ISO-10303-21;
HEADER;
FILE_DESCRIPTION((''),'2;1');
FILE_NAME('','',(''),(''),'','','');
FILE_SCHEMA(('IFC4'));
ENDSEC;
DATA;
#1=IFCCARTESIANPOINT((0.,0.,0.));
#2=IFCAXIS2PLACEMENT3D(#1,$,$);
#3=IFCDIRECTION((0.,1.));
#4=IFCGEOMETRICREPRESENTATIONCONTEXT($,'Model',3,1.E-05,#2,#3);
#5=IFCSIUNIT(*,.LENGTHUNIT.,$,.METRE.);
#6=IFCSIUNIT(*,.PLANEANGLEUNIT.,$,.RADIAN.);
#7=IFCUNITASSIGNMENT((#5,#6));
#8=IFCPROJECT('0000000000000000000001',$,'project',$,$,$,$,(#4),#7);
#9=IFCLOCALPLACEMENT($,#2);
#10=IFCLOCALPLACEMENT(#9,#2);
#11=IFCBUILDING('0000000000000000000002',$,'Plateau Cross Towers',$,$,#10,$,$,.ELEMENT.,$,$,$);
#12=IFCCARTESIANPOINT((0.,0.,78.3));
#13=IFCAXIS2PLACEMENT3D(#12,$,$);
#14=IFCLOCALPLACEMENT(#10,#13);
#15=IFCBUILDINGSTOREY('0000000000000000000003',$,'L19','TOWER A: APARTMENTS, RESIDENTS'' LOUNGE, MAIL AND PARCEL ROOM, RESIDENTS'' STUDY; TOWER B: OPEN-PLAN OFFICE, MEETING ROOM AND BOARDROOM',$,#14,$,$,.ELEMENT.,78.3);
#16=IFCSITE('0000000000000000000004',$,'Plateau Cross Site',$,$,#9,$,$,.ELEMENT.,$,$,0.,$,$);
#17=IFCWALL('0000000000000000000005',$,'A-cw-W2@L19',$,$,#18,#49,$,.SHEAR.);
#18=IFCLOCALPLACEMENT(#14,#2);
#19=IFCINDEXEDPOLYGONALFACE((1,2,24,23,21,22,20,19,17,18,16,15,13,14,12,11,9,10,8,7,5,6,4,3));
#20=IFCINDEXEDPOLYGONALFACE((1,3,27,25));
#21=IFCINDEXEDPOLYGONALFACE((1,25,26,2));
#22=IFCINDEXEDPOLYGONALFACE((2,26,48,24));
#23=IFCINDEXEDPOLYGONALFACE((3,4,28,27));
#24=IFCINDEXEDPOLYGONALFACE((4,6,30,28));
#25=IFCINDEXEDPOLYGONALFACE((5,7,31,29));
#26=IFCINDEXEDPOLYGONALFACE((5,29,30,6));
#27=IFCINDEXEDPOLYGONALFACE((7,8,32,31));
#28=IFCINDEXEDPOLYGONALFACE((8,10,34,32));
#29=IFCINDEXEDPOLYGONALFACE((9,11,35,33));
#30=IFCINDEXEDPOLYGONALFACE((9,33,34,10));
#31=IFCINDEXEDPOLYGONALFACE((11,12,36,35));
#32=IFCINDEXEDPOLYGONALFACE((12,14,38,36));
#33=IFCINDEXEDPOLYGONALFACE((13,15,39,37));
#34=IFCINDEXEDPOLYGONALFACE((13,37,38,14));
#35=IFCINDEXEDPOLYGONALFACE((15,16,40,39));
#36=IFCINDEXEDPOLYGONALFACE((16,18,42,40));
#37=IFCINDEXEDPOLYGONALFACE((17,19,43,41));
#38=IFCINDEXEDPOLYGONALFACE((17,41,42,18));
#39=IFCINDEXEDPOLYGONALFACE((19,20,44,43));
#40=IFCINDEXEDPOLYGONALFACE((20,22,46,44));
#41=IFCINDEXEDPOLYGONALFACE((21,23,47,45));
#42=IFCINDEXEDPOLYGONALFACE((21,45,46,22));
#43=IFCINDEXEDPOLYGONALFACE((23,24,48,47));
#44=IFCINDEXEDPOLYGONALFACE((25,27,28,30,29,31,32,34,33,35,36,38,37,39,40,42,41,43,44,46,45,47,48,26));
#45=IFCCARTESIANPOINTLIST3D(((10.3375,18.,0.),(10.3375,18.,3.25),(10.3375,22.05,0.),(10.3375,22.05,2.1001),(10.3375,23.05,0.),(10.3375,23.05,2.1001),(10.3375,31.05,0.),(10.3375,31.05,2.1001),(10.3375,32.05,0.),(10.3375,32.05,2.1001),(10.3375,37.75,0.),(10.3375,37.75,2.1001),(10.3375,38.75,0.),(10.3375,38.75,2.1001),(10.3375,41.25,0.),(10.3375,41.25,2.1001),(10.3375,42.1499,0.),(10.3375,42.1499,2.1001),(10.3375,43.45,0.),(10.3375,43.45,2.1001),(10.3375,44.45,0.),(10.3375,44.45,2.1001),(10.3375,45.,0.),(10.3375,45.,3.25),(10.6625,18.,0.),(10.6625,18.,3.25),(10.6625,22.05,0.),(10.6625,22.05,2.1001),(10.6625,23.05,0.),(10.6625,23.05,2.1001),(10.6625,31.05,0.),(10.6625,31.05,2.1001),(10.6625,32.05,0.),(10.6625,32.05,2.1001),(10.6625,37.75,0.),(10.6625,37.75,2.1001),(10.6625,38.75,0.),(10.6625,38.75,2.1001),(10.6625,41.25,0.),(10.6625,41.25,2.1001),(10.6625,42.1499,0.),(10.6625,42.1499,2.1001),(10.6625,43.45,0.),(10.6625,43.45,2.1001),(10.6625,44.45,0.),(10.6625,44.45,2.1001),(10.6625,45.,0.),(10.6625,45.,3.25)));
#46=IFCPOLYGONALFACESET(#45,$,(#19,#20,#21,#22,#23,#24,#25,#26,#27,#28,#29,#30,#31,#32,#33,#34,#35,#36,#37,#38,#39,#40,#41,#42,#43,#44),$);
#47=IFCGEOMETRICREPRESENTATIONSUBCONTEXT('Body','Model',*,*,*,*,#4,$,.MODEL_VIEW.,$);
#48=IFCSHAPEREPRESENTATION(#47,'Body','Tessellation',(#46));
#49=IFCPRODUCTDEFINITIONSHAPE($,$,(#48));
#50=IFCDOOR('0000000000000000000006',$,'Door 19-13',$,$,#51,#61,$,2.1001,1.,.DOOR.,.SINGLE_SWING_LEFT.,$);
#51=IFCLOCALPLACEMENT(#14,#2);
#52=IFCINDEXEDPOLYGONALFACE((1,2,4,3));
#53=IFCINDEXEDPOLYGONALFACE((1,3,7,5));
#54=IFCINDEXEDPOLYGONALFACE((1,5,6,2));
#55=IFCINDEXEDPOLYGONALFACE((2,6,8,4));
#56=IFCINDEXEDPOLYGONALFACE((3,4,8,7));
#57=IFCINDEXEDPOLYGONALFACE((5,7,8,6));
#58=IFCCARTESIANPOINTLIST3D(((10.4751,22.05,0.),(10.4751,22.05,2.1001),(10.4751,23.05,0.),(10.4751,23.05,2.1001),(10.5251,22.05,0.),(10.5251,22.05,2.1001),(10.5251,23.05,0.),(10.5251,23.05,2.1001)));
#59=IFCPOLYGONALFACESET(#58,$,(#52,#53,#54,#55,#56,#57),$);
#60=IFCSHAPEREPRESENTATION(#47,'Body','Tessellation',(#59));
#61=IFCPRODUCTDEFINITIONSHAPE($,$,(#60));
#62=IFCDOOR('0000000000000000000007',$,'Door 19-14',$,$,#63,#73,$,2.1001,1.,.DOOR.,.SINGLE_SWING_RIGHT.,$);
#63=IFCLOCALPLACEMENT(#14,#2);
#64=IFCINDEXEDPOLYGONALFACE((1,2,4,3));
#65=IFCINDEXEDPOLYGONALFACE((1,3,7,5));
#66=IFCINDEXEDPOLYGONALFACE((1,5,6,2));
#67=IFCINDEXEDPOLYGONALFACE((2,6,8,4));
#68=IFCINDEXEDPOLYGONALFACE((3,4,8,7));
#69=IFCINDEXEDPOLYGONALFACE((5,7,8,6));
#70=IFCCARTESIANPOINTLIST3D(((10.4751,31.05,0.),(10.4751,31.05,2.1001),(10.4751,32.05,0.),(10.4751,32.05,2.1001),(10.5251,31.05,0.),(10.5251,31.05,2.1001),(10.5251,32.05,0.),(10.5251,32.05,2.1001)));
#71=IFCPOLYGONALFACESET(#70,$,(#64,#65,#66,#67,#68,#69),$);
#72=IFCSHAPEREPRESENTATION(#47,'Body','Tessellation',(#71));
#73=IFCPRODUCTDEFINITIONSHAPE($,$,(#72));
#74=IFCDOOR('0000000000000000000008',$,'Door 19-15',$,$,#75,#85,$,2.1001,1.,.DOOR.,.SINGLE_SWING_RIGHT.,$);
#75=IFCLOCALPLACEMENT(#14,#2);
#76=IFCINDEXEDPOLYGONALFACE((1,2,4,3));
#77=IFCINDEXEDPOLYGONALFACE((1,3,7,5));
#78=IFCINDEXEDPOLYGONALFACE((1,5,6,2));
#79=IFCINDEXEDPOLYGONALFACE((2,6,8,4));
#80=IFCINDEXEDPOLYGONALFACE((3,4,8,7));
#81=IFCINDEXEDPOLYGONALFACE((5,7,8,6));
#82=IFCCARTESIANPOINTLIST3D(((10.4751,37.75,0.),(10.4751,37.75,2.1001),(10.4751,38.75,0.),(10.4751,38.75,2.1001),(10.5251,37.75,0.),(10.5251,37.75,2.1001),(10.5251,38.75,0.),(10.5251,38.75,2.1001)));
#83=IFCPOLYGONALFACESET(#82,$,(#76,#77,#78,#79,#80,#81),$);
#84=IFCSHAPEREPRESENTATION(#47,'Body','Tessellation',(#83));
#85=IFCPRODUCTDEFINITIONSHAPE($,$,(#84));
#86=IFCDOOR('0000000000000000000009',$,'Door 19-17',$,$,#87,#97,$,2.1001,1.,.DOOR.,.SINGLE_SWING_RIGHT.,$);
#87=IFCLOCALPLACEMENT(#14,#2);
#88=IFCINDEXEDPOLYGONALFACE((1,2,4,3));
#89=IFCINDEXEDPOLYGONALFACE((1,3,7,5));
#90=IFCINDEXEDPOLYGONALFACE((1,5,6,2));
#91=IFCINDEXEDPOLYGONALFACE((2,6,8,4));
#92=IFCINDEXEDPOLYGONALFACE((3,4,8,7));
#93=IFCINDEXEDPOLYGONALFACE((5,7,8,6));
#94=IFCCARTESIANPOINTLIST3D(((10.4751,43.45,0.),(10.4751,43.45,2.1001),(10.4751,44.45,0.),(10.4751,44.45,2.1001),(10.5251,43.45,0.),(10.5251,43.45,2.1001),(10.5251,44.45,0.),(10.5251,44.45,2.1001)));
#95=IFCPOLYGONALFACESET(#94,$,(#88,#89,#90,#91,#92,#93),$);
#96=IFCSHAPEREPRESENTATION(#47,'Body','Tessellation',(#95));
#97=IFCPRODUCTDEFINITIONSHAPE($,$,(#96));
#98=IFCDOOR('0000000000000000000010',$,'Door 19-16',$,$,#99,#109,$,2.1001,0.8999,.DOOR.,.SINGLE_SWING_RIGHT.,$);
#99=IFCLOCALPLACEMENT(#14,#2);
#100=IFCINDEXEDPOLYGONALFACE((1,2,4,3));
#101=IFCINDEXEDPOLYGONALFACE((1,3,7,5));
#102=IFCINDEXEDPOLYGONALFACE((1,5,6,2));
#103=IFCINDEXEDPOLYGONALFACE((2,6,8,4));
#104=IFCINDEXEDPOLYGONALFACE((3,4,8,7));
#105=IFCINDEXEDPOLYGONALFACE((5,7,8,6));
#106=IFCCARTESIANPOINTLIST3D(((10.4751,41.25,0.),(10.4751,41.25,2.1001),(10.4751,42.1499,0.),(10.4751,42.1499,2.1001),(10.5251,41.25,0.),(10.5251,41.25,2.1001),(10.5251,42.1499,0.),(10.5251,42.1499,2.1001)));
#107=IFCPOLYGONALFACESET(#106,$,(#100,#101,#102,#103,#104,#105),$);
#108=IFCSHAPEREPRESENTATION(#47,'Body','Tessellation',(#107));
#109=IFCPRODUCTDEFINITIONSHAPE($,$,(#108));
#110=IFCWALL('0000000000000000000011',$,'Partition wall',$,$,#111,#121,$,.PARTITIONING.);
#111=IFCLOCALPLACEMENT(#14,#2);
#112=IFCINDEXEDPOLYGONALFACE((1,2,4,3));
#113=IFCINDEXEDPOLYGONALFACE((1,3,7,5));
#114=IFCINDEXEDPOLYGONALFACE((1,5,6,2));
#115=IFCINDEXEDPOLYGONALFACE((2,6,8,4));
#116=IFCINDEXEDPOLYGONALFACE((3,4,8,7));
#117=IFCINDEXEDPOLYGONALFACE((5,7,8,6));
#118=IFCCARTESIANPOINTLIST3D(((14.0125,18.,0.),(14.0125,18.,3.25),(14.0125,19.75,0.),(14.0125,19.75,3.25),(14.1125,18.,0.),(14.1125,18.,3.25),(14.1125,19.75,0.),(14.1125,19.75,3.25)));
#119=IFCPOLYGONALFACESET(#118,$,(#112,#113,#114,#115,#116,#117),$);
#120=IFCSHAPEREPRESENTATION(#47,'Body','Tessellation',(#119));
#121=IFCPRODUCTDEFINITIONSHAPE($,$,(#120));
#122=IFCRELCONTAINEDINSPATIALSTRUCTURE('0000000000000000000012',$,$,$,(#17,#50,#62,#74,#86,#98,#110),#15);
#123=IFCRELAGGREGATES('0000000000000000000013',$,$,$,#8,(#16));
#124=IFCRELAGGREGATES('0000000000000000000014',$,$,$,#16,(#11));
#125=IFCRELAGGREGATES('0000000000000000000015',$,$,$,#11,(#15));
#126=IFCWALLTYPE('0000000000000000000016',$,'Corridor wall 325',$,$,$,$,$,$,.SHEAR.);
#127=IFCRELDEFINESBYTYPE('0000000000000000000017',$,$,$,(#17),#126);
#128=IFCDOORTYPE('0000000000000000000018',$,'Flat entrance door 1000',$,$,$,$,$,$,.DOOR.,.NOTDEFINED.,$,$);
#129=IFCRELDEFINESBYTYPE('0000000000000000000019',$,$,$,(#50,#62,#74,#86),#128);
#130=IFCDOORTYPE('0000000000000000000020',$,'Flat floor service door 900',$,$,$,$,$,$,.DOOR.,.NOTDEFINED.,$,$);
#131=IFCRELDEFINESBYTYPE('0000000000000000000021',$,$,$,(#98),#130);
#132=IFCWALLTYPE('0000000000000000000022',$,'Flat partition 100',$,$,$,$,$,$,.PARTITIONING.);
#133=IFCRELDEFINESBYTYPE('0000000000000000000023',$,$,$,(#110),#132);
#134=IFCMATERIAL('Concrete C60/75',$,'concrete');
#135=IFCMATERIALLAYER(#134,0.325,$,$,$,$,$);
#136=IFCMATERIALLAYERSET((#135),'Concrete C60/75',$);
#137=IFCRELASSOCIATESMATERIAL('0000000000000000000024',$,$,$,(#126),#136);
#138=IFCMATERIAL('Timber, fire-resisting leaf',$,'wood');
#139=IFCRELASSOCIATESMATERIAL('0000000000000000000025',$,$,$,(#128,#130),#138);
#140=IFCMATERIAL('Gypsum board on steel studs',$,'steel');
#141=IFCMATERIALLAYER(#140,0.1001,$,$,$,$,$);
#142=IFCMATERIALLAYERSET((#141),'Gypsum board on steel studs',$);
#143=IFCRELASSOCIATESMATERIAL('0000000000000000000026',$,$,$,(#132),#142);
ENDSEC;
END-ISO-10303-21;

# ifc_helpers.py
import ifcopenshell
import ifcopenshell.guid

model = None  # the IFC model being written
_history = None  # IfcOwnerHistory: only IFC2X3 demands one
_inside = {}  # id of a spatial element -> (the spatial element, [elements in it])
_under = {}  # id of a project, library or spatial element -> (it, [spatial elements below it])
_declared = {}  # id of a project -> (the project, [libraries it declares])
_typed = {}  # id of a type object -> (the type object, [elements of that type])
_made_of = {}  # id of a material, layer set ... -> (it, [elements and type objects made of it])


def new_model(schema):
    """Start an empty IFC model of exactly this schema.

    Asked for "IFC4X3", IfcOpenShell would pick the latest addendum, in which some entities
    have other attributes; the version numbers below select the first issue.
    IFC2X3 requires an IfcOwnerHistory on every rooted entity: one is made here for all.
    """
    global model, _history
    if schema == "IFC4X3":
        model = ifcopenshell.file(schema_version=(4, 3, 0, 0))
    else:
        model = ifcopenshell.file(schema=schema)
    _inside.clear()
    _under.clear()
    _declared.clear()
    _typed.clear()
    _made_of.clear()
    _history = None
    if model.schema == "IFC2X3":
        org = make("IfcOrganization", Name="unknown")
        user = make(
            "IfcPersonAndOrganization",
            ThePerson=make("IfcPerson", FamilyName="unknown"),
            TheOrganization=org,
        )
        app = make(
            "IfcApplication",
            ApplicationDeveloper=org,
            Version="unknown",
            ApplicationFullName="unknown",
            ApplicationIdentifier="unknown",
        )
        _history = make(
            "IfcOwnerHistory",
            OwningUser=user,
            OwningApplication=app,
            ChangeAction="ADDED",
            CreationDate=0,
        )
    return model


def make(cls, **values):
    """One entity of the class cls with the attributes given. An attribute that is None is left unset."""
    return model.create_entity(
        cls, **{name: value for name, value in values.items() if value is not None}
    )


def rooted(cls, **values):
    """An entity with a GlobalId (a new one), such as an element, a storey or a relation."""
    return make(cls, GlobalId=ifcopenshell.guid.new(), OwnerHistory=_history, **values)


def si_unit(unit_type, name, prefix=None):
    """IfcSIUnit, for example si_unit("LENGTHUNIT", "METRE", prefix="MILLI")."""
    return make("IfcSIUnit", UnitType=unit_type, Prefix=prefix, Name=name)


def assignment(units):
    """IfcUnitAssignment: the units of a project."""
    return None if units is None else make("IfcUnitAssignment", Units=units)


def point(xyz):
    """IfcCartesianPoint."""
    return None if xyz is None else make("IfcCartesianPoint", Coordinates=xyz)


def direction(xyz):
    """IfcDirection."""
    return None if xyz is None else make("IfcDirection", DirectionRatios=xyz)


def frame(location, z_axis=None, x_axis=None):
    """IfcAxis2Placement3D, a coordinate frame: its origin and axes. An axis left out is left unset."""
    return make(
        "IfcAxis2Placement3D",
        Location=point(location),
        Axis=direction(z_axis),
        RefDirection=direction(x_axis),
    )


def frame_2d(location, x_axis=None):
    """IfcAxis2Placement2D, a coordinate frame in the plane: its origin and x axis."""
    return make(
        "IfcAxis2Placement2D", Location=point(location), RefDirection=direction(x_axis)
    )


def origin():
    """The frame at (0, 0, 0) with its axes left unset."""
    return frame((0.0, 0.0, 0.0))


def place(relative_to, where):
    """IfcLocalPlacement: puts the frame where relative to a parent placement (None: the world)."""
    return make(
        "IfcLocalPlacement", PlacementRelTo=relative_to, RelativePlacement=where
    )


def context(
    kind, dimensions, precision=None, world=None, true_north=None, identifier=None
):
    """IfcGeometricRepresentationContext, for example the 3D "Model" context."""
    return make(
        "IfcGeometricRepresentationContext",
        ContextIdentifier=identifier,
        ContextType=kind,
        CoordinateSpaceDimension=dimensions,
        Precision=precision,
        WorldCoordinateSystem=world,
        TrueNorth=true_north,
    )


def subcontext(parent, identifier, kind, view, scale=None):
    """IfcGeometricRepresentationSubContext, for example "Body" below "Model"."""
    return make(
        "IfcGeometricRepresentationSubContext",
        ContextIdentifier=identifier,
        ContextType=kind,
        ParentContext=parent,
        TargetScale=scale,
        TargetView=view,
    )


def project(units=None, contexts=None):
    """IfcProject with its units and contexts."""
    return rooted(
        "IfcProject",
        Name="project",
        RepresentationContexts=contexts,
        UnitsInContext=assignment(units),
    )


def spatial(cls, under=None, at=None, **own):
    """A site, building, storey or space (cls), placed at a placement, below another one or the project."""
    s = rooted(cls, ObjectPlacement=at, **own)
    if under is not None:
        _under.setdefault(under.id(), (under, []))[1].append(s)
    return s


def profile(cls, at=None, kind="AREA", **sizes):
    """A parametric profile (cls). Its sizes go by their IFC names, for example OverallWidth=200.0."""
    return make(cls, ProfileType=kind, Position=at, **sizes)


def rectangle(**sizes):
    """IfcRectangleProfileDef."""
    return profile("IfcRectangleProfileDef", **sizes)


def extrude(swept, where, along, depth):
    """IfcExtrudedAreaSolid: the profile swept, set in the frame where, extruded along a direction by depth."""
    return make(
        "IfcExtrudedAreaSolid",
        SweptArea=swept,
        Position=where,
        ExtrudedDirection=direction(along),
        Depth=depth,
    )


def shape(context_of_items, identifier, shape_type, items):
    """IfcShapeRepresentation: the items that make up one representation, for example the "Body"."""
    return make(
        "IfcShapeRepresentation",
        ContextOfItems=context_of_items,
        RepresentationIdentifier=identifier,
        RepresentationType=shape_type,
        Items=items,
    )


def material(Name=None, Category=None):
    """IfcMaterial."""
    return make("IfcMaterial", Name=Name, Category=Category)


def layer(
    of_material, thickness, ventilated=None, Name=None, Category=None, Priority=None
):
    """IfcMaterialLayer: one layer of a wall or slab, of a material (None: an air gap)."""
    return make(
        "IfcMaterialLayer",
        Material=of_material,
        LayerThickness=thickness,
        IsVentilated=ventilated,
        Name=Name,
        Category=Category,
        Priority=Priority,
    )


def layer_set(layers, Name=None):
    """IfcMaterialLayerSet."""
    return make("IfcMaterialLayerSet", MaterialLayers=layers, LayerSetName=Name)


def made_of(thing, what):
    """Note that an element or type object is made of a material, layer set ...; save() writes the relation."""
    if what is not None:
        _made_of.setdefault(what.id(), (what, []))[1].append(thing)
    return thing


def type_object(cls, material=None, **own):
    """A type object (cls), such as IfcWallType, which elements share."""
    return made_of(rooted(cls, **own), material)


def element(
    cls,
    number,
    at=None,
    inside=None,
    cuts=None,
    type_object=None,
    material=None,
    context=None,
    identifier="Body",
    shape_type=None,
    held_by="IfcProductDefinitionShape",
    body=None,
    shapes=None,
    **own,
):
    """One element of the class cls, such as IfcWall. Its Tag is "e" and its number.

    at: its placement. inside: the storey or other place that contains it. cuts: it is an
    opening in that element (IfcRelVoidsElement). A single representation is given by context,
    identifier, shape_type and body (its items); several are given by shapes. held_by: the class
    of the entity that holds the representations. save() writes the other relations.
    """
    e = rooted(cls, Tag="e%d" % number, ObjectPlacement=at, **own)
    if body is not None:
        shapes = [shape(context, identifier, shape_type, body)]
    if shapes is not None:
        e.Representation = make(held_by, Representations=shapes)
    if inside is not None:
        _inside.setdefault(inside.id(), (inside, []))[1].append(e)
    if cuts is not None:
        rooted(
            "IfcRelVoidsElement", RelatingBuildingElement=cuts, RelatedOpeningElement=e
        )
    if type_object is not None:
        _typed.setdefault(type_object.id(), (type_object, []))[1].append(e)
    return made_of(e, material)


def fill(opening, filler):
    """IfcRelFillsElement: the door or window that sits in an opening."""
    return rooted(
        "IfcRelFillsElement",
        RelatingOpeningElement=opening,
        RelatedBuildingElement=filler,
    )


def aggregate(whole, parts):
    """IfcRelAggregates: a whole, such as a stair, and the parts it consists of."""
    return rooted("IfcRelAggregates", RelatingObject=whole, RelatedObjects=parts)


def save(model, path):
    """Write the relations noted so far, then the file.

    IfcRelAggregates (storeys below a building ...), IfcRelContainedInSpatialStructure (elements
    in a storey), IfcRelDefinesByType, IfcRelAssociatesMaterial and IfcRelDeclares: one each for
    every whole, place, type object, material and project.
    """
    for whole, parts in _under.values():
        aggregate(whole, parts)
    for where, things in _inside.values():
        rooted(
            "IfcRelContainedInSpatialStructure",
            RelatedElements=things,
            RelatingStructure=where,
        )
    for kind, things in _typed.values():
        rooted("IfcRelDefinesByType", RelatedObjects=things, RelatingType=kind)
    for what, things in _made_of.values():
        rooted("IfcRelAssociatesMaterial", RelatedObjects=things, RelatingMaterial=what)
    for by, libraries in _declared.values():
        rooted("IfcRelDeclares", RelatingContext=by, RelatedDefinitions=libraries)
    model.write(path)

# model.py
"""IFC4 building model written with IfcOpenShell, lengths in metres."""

from ifc_helpers import new_model, si_unit, direction, frame, frame_2d, origin, place, context, subcontext, project, spatial, rectangle, extrude, material, layer, layer_set, type_object, element, fill, save


model = new_model("IFC4")

# Units and contexts
model_context = context("Model", 3, precision=1e-05, world=origin(), true_north=direction((0.0, 1.0)))
body_context = subcontext(model_context, "Body", "Model", "MODEL_VIEW")
ifc_project = project(units=[si_unit("LENGTHUNIT", "METRE"), si_unit("PLANEANGLEUNIT", "RADIAN")], contexts=[model_context])

# Site, building, storey
site_placement = place(None, origin())
site = spatial("IfcSite", under=ifc_project, at=site_placement, Name="Plateau Cross Site", CompositionType="ELEMENT", RefElevation=0.0)
building_placement = place(site_placement, origin())
building = spatial("IfcBuilding", under=site, at=building_placement, Name="Plateau Cross Towers", CompositionType="ELEMENT")
storey_placement = place(building_placement, frame((0.0, 0.0, 78.3)))
storey = spatial("IfcBuildingStorey", under=building, at=storey_placement, Name="L19", Description="TOWER A: APARTMENTS, RESIDENTS' LOUNGE, MAIL AND PARCEL ROOM, RESIDENTS' STUDY; TOWER B: OPEN-PLAN OFFICE, MEETING ROOM AND BOARDROOM", CompositionType="ELEMENT", Elevation=78.3)

# Shared definitions
ifc_material_1 = material(Name="Concrete C60/75", Category="concrete")

# Wall, openings, doors
ifc_layer_1 = layer(ifc_material_1, 0.325)
ifc_layer_set_1 = layer_set([ifc_layer_1], Name="Concrete C60/75")
wall_type_1 = type_object("IfcWallType", Name="Corridor wall 325", PredefinedType="SHEAR", material=ifc_layer_set_1)
ifc_material_2 = material(Name="Timber, fire-resisting leaf", Category="wood")
door_type_1 = type_object("IfcDoorType", Name="Flat entrance door 1000", OperationType="NOTDEFINED", PredefinedType="DOOR", material=ifc_material_2)
wall_1_placement = place(storey_placement, frame((10.5, 18.0, 0.0), z_axis=(0.0, 0.0, 1.0), x_axis=(0.0, 1.0, 0.0)))
wall_1 = element("IfcWall", 1, at=wall_1_placement, inside=storey, type_object=wall_type_1, Name="A-cw-W2@L19", PredefinedType="SHEAR", context=body_context, shape_type="SweptSolid", body=[
    extrude(rectangle(XDim=27.0, YDim=0.325, at=frame_2d((13.5, 0.0))), origin(), (0.0, 0.0, 1.0), 3.25),
])
opening_1_placement = place(wall_1_placement, frame((4.05, 0.0, 0.0)))
opening_1 = element("IfcOpeningElement", 2, at=opening_1_placement, cuts=wall_1, PredefinedType="OPENING", context=body_context, shape_type="SweptSolid", body=[
    extrude(rectangle(XDim=1.0, YDim=2.1001, at=frame_2d((0.5, 1.05))), frame((0.0, 0.1724, 0.0), z_axis=(0.0, -1.0, 0.0), x_axis=(1.0, 0.0, 0.0)), (0.0, 0.0, 1.0), 0.345),
])
opening_2_placement = place(wall_1_placement, frame((13.05, 0.0, 0.0)))
opening_2 = element("IfcOpeningElement", 3, at=opening_2_placement, cuts=wall_1, PredefinedType="OPENING", context=body_context, shape_type="SweptSolid", body=[
    extrude(rectangle(XDim=1.0, YDim=2.1001, at=frame_2d((0.5, 1.05))), frame((0.0, 0.1724, 0.0), z_axis=(0.0, -1.0, 0.0), x_axis=(1.0, 0.0, 0.0)), (0.0, 0.0, 1.0), 0.345),
])
opening_3_placement = place(wall_1_placement, frame((19.75, 0.0, 0.0)))
opening_3 = element("IfcOpeningElement", 4, at=opening_3_placement, cuts=wall_1, PredefinedType="OPENING", context=body_context, shape_type="SweptSolid", body=[
    extrude(rectangle(XDim=1.0, YDim=2.1001, at=frame_2d((0.5, 1.05))), frame((0.0, 0.1724, 0.0), z_axis=(0.0, -1.0, 0.0), x_axis=(1.0, 0.0, 0.0)), (0.0, 0.0, 1.0), 0.345),
])
opening_4_placement = place(wall_1_placement, frame((23.25, 0.0, 0.0)))
opening_4 = element("IfcOpeningElement", 5, at=opening_4_placement, cuts=wall_1, PredefinedType="OPENING", context=body_context, shape_type="SweptSolid", body=[
    extrude(rectangle(XDim=0.8999, YDim=2.1001, at=frame_2d((0.45, 1.05))), frame((0.0, 0.1724, 0.0), z_axis=(0.0, -1.0, 0.0), x_axis=(1.0, 0.0, 0.0)), (0.0, 0.0, 1.0), 0.345),
])
opening_5_placement = place(wall_1_placement, frame((25.45, 0.0, 0.0)))
opening_5 = element("IfcOpeningElement", 6, at=opening_5_placement, cuts=wall_1, PredefinedType="OPENING", context=body_context, shape_type="SweptSolid", body=[
    extrude(rectangle(XDim=1.0, YDim=2.1001, at=frame_2d((0.5, 1.05))), frame((0.0, 0.1724, 0.0), z_axis=(0.0, -1.0, 0.0), x_axis=(1.0, 0.0, 0.0)), (0.0, 0.0, 1.0), 0.345),
])
door_1_placement = place(opening_1_placement, origin())
door_1 = element("IfcDoor", 7, at=door_1_placement, inside=storey, type_object=door_type_1, Name="Door 19-13", OperationType="SINGLE_SWING_LEFT", OverallHeight=2.1001, OverallWidth=1.0, PredefinedType="DOOR", context=body_context, shape_type="SweptSolid", body=[
    extrude(rectangle(XDim=1.0, YDim=2.1001, at=frame_2d((0.5, 1.05))), frame((0.0, 0.0249, 0.0), z_axis=(0.0, -1.0, 0.0), x_axis=(1.0, 0.0, 0.0)), (0.0, 0.0, 1.0), 0.05),
])
fill(opening_1, door_1)
door_2_placement = place(opening_2_placement, origin())
door_2 = element("IfcDoor", 8, at=door_2_placement, inside=storey, type_object=door_type_1, Name="Door 19-14", OperationType="SINGLE_SWING_RIGHT", OverallHeight=2.1001, OverallWidth=1.0, PredefinedType="DOOR", context=body_context, shape_type="SweptSolid", body=[
    extrude(rectangle(XDim=1.0, YDim=2.1001, at=frame_2d((0.5, 1.05))), frame((0.0, 0.0249, 0.0), z_axis=(0.0, -1.0, 0.0), x_axis=(1.0, 0.0, 0.0)), (0.0, 0.0, 1.0), 0.05),
])
fill(opening_2, door_2)
door_3_placement = place(opening_3_placement, origin())
door_3 = element("IfcDoor", 9, at=door_3_placement, inside=storey, type_object=door_type_1, Name="Door 19-15", OperationType="SINGLE_SWING_RIGHT", OverallHeight=2.1001, OverallWidth=1.0, PredefinedType="DOOR", context=body_context, shape_type="SweptSolid", body=[
    extrude(rectangle(XDim=1.0, YDim=2.1001, at=frame_2d((0.5, 1.05))), frame((0.0, 0.0249, 0.0), z_axis=(0.0, -1.0, 0.0), x_axis=(1.0, 0.0, 0.0)), (0.0, 0.0, 1.0), 0.05),
])
fill(opening_3, door_3)
door_4_placement = place(opening_5_placement, origin())
door_4 = element("IfcDoor", 10, at=door_4_placement, inside=storey, type_object=door_type_1, Name="Door 19-17", OperationType="SINGLE_SWING_RIGHT", OverallHeight=2.1001, OverallWidth=1.0, PredefinedType="DOOR", context=body_context, shape_type="SweptSolid", body=[
    extrude(rectangle(XDim=1.0, YDim=2.1001, at=frame_2d((0.5, 1.05))), frame((0.0, 0.0249, 0.0), z_axis=(0.0, -1.0, 0.0), x_axis=(1.0, 0.0, 0.0)), (0.0, 0.0, 1.0), 0.05),
])
fill(opening_5, door_4)
door_type_2 = type_object("IfcDoorType", Name="Flat floor service door 900", OperationType="NOTDEFINED", PredefinedType="DOOR", material=ifc_material_2)
door_5_placement = place(opening_4_placement, origin())
door_5 = element("IfcDoor", 11, at=door_5_placement, inside=storey, type_object=door_type_2, Name="Door 19-16", OperationType="SINGLE_SWING_RIGHT", OverallHeight=2.1001, OverallWidth=0.8999, PredefinedType="DOOR", context=body_context, shape_type="SweptSolid", body=[
    extrude(rectangle(XDim=0.8999, YDim=2.1001, at=frame_2d((0.45, 1.05))), frame((0.0, 0.0249, 0.0), z_axis=(0.0, -1.0, 0.0), x_axis=(1.0, 0.0, 0.0)), (0.0, 0.0, 1.0), 0.05),
])
fill(opening_4, door_5)

# Wall
ifc_material_3 = material(Name="Gypsum board on steel studs", Category="steel")
ifc_layer_2 = layer(ifc_material_3, 0.1001)
ifc_layer_set_2 = layer_set([ifc_layer_2], Name="Gypsum board on steel studs")
wall_type_2 = type_object("IfcWallType", Name="Flat partition 100", PredefinedType="PARTITIONING", material=ifc_layer_set_2)
wall_2_placement = place(storey_placement, frame((14.0625, 18.0, 0.0), z_axis=(0.0, 0.0, 1.0), x_axis=(0.0, 1.0, 0.0)))
element("IfcWall", 12, at=wall_2_placement, inside=storey, type_object=wall_type_2, Name="Partition wall", PredefinedType="PARTITIONING", context=body_context, shape_type="SweptSolid", body=[
    extrude(rectangle(XDim=1.75, YDim=0.1001, at=frame_2d((0.875, 0.0))), origin(), (0.0, 0.0, 1.0), 3.25),
])

save(model, "model.ifc")
